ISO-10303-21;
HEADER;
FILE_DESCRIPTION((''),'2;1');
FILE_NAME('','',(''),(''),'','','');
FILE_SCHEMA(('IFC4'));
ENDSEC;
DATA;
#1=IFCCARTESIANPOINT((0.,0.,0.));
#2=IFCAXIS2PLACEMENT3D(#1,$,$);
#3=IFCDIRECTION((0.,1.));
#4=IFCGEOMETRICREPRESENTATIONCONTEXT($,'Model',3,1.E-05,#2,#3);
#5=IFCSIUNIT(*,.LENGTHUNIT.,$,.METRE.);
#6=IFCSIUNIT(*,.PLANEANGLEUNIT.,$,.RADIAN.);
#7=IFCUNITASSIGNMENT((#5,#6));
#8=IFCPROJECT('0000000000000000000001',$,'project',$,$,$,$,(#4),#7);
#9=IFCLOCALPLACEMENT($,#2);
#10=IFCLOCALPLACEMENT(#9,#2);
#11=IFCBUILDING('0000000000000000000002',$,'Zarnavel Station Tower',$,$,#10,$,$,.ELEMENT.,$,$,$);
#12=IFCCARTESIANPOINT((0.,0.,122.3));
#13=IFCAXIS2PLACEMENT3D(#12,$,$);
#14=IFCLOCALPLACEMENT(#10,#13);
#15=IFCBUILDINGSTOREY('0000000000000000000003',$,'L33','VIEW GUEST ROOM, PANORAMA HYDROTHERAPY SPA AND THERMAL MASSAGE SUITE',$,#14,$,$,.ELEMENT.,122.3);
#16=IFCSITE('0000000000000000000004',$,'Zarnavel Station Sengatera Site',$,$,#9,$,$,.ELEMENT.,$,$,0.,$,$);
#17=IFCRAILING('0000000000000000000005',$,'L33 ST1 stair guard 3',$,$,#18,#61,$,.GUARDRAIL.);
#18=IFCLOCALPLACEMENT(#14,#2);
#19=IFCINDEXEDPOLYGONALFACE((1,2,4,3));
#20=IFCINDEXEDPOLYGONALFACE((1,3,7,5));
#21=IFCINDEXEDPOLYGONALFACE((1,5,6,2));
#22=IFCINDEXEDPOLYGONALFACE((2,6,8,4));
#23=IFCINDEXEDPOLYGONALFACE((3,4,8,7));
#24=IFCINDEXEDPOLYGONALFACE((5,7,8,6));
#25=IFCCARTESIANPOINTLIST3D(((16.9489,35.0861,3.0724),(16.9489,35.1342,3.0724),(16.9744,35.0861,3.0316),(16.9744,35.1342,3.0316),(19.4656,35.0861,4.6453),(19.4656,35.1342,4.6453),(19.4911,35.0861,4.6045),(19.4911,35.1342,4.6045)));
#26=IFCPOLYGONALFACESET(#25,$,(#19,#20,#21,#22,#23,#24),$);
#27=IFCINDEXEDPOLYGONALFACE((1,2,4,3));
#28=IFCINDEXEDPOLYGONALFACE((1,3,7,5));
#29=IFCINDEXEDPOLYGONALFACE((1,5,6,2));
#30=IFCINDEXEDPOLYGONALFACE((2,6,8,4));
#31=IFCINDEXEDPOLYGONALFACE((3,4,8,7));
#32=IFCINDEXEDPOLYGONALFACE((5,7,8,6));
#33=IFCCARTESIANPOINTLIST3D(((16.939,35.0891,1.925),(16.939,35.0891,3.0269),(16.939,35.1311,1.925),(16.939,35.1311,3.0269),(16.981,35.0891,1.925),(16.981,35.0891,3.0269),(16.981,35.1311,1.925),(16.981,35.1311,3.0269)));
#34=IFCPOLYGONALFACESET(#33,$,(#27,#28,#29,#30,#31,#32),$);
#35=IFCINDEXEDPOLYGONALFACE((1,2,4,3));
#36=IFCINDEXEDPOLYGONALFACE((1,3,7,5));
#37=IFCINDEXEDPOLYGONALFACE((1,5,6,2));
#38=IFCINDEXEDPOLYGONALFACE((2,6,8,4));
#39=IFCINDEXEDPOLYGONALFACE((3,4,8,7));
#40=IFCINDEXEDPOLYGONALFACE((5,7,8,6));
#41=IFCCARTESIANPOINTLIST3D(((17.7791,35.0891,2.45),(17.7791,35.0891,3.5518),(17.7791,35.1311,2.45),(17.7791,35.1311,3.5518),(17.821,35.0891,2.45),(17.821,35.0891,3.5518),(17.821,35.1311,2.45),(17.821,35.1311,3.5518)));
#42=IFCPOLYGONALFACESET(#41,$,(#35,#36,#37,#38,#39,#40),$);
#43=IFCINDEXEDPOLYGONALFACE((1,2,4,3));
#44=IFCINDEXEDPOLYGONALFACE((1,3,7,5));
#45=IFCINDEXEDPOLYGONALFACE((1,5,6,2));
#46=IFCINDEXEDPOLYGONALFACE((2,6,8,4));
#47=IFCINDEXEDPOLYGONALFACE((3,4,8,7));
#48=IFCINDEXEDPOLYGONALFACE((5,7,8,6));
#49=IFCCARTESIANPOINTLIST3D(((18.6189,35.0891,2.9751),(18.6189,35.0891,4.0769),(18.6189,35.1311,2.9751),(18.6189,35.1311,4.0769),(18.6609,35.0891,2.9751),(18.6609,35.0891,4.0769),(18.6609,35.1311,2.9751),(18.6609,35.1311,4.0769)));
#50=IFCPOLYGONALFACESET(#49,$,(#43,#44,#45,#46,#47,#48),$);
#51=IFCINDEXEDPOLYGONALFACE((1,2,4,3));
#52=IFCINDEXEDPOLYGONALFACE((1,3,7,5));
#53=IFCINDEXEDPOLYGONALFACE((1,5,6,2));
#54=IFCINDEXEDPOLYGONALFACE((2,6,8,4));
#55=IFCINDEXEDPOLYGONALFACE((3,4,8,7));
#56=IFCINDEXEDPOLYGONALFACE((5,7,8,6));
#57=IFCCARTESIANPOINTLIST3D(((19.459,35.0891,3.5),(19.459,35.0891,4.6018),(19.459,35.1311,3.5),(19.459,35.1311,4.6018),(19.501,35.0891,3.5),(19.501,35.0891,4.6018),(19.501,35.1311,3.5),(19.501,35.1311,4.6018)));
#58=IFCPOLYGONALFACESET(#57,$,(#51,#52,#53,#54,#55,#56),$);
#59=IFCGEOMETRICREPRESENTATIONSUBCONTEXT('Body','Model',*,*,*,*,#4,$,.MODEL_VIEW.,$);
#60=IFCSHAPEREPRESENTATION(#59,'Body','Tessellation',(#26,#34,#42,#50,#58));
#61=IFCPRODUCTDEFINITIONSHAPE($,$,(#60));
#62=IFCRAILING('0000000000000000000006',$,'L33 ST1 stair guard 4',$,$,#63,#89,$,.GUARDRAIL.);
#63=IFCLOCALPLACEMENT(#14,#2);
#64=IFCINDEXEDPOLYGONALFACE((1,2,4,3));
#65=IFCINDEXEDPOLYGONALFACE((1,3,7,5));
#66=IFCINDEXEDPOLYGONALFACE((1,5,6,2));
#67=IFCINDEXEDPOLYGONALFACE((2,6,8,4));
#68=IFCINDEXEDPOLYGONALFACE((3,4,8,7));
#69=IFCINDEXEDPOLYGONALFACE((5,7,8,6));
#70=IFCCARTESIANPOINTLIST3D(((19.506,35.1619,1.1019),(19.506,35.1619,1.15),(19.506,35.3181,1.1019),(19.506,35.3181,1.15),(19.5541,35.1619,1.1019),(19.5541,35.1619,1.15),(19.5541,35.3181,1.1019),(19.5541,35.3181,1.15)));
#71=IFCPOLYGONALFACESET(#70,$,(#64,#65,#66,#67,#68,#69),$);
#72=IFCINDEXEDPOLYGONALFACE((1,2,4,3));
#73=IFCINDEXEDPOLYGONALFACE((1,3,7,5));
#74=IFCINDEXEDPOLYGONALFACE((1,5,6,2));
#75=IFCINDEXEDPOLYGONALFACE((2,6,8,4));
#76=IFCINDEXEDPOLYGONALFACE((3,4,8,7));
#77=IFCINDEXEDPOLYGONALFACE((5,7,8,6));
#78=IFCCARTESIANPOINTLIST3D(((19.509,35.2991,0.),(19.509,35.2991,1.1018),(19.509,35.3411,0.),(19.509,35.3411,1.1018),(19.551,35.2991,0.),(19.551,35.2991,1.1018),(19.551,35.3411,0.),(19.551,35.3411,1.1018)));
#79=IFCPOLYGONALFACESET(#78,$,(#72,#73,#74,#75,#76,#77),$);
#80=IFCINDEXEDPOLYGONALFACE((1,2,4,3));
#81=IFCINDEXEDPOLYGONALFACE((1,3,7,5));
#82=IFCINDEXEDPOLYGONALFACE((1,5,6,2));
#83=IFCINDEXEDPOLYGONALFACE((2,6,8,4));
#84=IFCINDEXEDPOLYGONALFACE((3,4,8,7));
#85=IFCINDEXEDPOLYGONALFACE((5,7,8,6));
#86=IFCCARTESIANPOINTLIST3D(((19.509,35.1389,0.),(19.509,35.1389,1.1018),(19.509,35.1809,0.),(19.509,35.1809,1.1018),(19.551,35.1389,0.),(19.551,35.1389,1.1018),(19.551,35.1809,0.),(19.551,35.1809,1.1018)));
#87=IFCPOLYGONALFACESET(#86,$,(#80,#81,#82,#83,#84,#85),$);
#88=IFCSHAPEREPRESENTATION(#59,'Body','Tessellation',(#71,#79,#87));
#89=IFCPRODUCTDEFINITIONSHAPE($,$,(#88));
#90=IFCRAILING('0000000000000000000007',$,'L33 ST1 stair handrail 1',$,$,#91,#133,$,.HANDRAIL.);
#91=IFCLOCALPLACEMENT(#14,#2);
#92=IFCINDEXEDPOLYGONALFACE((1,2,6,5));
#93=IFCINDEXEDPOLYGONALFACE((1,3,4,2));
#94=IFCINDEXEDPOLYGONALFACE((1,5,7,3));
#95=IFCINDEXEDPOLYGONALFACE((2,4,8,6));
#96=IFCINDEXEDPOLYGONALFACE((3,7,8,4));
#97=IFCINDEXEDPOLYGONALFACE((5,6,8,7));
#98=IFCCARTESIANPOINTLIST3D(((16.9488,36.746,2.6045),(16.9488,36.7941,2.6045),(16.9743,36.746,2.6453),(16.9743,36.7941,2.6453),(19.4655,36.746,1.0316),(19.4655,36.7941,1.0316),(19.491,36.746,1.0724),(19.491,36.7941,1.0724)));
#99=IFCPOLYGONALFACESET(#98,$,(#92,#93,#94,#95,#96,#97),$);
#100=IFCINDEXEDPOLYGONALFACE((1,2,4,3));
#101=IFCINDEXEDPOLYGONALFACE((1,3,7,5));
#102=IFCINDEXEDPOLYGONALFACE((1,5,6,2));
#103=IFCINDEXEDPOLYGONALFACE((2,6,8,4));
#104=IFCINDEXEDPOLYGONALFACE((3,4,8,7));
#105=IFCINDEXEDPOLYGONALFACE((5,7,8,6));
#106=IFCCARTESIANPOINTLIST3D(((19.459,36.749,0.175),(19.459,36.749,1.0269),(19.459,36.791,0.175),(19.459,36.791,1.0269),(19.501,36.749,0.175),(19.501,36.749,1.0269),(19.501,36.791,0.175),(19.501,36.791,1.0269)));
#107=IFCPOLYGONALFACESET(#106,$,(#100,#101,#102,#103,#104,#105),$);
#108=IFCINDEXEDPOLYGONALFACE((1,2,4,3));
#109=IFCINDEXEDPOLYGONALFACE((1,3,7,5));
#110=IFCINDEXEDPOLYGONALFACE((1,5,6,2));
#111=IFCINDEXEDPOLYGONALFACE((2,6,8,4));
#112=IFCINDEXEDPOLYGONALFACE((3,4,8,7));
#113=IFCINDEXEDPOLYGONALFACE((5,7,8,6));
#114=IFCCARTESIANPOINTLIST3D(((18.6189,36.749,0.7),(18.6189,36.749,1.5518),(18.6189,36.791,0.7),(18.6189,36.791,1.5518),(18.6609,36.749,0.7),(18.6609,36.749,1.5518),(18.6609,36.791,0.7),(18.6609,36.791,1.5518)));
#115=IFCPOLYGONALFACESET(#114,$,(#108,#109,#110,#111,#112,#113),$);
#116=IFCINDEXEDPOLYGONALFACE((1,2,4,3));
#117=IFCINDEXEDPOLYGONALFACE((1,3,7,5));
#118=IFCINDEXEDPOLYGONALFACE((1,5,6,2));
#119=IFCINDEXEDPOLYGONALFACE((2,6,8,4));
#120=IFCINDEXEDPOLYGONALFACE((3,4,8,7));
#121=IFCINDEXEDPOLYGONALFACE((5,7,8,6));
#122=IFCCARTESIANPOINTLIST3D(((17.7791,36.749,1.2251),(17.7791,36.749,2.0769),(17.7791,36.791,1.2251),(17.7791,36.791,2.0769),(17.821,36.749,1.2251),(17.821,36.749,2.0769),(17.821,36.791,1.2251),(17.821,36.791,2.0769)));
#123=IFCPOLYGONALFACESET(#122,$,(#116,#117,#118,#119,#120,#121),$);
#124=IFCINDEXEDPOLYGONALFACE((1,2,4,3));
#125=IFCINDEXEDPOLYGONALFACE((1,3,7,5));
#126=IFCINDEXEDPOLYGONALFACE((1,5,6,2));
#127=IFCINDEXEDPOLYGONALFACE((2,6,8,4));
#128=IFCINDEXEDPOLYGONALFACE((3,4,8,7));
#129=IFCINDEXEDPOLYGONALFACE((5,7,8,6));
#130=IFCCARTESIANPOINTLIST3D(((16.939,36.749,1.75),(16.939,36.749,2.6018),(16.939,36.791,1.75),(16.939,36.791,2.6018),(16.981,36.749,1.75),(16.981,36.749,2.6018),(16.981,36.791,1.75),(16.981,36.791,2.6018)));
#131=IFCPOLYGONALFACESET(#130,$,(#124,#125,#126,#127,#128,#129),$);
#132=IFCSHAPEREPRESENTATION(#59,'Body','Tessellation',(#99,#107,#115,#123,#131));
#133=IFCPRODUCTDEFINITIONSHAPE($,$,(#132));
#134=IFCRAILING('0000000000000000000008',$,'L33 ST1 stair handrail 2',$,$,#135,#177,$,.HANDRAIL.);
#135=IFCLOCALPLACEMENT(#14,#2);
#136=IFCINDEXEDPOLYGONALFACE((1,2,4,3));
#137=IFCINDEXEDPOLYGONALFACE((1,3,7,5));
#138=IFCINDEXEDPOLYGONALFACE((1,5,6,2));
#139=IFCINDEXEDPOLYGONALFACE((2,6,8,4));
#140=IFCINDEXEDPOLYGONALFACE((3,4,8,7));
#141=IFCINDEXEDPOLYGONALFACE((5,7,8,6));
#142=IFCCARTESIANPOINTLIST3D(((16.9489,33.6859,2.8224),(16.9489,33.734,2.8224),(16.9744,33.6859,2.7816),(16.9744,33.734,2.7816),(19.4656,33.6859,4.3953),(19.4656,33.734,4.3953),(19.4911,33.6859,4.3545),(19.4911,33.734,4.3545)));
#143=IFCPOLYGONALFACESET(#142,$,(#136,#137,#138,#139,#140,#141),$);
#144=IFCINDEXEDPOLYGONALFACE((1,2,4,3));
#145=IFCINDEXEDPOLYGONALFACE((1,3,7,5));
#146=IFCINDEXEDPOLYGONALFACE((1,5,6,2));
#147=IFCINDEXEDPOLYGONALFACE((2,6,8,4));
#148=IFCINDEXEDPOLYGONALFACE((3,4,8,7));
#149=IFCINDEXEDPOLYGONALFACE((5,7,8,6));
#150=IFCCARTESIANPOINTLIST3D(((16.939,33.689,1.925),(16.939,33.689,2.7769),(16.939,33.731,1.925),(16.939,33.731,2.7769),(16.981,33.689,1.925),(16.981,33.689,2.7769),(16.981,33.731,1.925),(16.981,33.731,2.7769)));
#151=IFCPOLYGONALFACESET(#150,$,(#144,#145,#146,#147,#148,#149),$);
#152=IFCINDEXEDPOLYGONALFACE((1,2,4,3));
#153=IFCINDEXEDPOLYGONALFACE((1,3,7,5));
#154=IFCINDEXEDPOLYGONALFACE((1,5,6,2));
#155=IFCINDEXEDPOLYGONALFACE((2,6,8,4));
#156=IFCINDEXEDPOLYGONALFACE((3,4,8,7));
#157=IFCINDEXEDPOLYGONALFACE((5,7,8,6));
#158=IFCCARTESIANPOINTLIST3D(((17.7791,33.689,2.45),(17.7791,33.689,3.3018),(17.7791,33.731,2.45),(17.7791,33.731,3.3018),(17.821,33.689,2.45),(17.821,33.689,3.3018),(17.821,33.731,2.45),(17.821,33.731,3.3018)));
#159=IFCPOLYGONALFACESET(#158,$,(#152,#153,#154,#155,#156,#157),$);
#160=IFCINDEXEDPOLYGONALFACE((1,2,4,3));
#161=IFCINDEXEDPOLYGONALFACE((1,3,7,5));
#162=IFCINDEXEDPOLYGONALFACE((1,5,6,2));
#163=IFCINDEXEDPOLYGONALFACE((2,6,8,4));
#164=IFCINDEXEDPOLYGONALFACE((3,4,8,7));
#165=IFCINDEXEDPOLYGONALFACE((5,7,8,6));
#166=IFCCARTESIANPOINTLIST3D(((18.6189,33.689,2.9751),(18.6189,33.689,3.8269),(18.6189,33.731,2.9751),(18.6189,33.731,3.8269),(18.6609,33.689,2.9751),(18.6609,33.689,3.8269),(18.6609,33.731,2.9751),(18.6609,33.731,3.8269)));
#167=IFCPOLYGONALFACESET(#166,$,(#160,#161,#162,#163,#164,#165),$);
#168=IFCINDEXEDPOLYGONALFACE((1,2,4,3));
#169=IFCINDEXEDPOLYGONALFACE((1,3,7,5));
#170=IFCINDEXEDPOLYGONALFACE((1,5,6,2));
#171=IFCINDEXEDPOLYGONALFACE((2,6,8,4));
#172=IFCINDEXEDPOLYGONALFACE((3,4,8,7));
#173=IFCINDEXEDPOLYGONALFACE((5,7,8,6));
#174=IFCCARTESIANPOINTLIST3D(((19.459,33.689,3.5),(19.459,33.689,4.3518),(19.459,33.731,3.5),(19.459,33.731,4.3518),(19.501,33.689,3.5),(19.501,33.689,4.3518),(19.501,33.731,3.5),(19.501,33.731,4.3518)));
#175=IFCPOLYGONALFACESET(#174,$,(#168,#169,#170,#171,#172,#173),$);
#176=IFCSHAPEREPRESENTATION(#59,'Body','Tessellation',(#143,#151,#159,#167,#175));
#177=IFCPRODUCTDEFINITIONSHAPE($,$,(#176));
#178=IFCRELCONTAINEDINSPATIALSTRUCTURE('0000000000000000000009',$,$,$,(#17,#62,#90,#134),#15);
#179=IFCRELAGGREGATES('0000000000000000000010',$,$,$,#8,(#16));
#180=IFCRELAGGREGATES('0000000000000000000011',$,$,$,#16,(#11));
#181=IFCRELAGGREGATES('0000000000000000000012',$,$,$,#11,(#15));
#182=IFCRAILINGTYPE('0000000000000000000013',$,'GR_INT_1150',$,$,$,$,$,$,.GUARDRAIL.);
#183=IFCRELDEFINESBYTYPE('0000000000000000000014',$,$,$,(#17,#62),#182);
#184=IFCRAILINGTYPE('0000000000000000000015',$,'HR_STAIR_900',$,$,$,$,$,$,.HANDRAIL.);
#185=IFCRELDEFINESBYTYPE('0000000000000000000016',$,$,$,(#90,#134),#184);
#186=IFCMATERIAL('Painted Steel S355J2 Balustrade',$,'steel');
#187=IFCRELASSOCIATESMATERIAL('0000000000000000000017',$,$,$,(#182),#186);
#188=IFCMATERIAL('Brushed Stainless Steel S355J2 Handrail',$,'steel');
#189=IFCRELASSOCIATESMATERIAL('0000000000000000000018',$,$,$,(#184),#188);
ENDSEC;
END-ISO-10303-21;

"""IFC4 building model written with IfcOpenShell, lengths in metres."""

from ifc_helpers import new_model, si_unit, direction, frame, origin, origin_2d, place, context, subcontext, project, spatial, rectangle, extrude, material, type_object, element, save


model = new_model("IFC4")

# Units and contexts
model_context = context("Model", 3, precision=1e-05, world=origin(), true_north=direction((0.0, 1.0)))
body_context = subcontext(model_context, "Body", "Model", "MODEL_VIEW")
ifc_project = project(units=[si_unit("LENGTHUNIT", "METRE"), si_unit("PLANEANGLEUNIT", "RADIAN")], contexts=[model_context])

# Site, building, storey
site_placement = place(None, origin())
site = spatial("IfcSite", under=ifc_project, at=site_placement, Name="Zarnavel Station Sengatera Site", CompositionType="ELEMENT", RefElevation=0.0)
building_placement = place(site_placement, origin())
building = spatial("IfcBuilding", under=site, at=building_placement, Name="Zarnavel Station Tower", CompositionType="ELEMENT")
storey_placement = place(building_placement, frame((0.0, 0.0, 122.3)))
storey = spatial("IfcBuildingStorey", under=building, at=storey_placement, Name="L33", Description="VIEW GUEST ROOM, PANORAMA HYDROTHERAPY SPA AND THERMAL MASSAGE SUITE", CompositionType="ELEMENT", Elevation=122.3)

# Railings
ifc_material_1 = material(Name="Painted Steel S355J2 Balustrade", Category="steel")
railing_type_1 = type_object("IfcRailingType", Name="GR_INT_1150", PredefinedType="GUARDRAIL", material=ifc_material_1)
railing_1_placement = place(storey_placement, frame((16.96, 35.1101, 1.925)))
element("IfcRailing", 1, at=railing_1_placement, inside=storey, type_object=railing_type_1, Name="L33 ST1 stair guard 3", PredefinedType="GUARDRAIL", context=body_context, shape_type="SweptSolid", body=[
    extrude(rectangle(XDim=0.0481, YDim=0.0481, at=origin_2d()), frame((0.0017, 0.0, 1.127), z_axis=(0.848008, 0.0, 0.529984), x_axis=(0.0, 1.0, 0.0)), (0.0, 0.0, 1.0), 2.9678),
    extrude(rectangle(XDim=0.042, YDim=0.042, at=origin_2d()), origin(), (0.0, 0.0, 1.0), 1.1018),
    extrude(rectangle(XDim=0.042, YDim=0.042, at=origin_2d()), frame((0.8401, 0.0, 0.5249)), (0.0, 0.0, 1.0), 1.1018),
    extrude(rectangle(XDim=0.042, YDim=0.042, at=origin_2d()), frame((1.6799, 0.0, 1.05)), (0.0, 0.0, 1.0), 1.1018),
    extrude(rectangle(XDim=0.042, YDim=0.042, at=origin_2d()), frame((2.52, 0.0, 1.575)), (0.0, 0.0, 1.0), 1.1018),
])
railing_2_placement = place(storey_placement, frame((19.53, 35.3201, 0.0)))
element("IfcRailing", 2, at=railing_2_placement, inside=storey, type_object=railing_type_1, Name="L33 ST1 stair guard 4", PredefinedType="GUARDRAIL", context=body_context, shape_type="SweptSolid", body=[
    extrude(rectangle(XDim=0.0481, YDim=0.0481, at=origin_2d()), frame((0.0, -0.002, 1.126), z_axis=(0.0, -1.0, 0.0), x_axis=(1.0, 0.0, 0.0)), (0.0, 0.0, 1.0), 0.1562),
    extrude(rectangle(XDim=0.042, YDim=0.042, at=origin_2d()), origin(), (0.0, 0.0, 1.0), 1.1018),
    extrude(rectangle(XDim=0.042, YDim=0.042, at=origin_2d()), frame((0.0, -0.1602, 0.0)), (0.0, 0.0, 1.0), 1.1018),
])
ifc_material_2 = material(Name="Brushed Stainless Steel S355J2 Handrail", Category="steel")
railing_type_2 = type_object("IfcRailingType", Name="HR_STAIR_900", PredefinedType="HANDRAIL", material=ifc_material_2)
railing_3_placement = place(storey_placement, frame((19.48, 36.77, 0.175)))
element("IfcRailing", 3, at=railing_3_placement, inside=storey, type_object=railing_type_2, Name="L33 ST1 stair handrail 1", PredefinedType="HANDRAIL", context=body_context, shape_type="SweptSolid", body=[
    extrude(rectangle(XDim=0.0481, YDim=0.0481, at=origin_2d()), frame((-0.0017, 0.0, 0.877), z_axis=(-0.848008, 0.0, 0.529984), x_axis=(0.0, -1.0, 0.0)), (0.0, 0.0, 1.0), 2.9678),
    extrude(rectangle(XDim=0.042, YDim=0.042, at=origin_2d()), origin(), (0.0, 0.0, 1.0), 0.8518),
    extrude(rectangle(XDim=0.042, YDim=0.042, at=origin_2d()), frame((-0.8401, 0.0, 0.5249)), (0.0, 0.0, 1.0), 0.8518),
    extrude(rectangle(XDim=0.042, YDim=0.042, at=origin_2d()), frame((-1.6799, 0.0, 1.05)), (0.0, 0.0, 1.0), 0.8518),
    extrude(rectangle(XDim=0.042, YDim=0.042, at=origin_2d()), frame((-2.52, 0.0, 1.575)), (0.0, 0.0, 1.0), 0.8518),
])
railing_4_placement = place(storey_placement, frame((16.96, 33.71, 1.925)))
element("IfcRailing", 4, at=railing_4_placement, inside=storey, type_object=railing_type_2, Name="L33 ST1 stair handrail 2", PredefinedType="HANDRAIL", context=body_context, shape_type="SweptSolid", body=[
    extrude(rectangle(XDim=0.0481, YDim=0.0481, at=origin_2d()), frame((0.0017, 0.0, 0.877), z_axis=(0.848008, 0.0, 0.529984), x_axis=(0.0, 1.0, 0.0)), (0.0, 0.0, 1.0), 2.9678),
    extrude(rectangle(XDim=0.042, YDim=0.042, at=origin_2d()), origin(), (0.0, 0.0, 1.0), 0.8518),
    extrude(rectangle(XDim=0.042, YDim=0.042, at=origin_2d()), frame((0.8401, 0.0, 0.5249)), (0.0, 0.0, 1.0), 0.8518),
    extrude(rectangle(XDim=0.042, YDim=0.042, at=origin_2d()), frame((1.6799, 0.0, 1.05)), (0.0, 0.0, 1.0), 0.8518),
    extrude(rectangle(XDim=0.042, YDim=0.042, at=origin_2d()), frame((2.52, 0.0, 1.575)), (0.0, 0.0, 1.0), 0.8518),
])

save(model, "model.ifc")
